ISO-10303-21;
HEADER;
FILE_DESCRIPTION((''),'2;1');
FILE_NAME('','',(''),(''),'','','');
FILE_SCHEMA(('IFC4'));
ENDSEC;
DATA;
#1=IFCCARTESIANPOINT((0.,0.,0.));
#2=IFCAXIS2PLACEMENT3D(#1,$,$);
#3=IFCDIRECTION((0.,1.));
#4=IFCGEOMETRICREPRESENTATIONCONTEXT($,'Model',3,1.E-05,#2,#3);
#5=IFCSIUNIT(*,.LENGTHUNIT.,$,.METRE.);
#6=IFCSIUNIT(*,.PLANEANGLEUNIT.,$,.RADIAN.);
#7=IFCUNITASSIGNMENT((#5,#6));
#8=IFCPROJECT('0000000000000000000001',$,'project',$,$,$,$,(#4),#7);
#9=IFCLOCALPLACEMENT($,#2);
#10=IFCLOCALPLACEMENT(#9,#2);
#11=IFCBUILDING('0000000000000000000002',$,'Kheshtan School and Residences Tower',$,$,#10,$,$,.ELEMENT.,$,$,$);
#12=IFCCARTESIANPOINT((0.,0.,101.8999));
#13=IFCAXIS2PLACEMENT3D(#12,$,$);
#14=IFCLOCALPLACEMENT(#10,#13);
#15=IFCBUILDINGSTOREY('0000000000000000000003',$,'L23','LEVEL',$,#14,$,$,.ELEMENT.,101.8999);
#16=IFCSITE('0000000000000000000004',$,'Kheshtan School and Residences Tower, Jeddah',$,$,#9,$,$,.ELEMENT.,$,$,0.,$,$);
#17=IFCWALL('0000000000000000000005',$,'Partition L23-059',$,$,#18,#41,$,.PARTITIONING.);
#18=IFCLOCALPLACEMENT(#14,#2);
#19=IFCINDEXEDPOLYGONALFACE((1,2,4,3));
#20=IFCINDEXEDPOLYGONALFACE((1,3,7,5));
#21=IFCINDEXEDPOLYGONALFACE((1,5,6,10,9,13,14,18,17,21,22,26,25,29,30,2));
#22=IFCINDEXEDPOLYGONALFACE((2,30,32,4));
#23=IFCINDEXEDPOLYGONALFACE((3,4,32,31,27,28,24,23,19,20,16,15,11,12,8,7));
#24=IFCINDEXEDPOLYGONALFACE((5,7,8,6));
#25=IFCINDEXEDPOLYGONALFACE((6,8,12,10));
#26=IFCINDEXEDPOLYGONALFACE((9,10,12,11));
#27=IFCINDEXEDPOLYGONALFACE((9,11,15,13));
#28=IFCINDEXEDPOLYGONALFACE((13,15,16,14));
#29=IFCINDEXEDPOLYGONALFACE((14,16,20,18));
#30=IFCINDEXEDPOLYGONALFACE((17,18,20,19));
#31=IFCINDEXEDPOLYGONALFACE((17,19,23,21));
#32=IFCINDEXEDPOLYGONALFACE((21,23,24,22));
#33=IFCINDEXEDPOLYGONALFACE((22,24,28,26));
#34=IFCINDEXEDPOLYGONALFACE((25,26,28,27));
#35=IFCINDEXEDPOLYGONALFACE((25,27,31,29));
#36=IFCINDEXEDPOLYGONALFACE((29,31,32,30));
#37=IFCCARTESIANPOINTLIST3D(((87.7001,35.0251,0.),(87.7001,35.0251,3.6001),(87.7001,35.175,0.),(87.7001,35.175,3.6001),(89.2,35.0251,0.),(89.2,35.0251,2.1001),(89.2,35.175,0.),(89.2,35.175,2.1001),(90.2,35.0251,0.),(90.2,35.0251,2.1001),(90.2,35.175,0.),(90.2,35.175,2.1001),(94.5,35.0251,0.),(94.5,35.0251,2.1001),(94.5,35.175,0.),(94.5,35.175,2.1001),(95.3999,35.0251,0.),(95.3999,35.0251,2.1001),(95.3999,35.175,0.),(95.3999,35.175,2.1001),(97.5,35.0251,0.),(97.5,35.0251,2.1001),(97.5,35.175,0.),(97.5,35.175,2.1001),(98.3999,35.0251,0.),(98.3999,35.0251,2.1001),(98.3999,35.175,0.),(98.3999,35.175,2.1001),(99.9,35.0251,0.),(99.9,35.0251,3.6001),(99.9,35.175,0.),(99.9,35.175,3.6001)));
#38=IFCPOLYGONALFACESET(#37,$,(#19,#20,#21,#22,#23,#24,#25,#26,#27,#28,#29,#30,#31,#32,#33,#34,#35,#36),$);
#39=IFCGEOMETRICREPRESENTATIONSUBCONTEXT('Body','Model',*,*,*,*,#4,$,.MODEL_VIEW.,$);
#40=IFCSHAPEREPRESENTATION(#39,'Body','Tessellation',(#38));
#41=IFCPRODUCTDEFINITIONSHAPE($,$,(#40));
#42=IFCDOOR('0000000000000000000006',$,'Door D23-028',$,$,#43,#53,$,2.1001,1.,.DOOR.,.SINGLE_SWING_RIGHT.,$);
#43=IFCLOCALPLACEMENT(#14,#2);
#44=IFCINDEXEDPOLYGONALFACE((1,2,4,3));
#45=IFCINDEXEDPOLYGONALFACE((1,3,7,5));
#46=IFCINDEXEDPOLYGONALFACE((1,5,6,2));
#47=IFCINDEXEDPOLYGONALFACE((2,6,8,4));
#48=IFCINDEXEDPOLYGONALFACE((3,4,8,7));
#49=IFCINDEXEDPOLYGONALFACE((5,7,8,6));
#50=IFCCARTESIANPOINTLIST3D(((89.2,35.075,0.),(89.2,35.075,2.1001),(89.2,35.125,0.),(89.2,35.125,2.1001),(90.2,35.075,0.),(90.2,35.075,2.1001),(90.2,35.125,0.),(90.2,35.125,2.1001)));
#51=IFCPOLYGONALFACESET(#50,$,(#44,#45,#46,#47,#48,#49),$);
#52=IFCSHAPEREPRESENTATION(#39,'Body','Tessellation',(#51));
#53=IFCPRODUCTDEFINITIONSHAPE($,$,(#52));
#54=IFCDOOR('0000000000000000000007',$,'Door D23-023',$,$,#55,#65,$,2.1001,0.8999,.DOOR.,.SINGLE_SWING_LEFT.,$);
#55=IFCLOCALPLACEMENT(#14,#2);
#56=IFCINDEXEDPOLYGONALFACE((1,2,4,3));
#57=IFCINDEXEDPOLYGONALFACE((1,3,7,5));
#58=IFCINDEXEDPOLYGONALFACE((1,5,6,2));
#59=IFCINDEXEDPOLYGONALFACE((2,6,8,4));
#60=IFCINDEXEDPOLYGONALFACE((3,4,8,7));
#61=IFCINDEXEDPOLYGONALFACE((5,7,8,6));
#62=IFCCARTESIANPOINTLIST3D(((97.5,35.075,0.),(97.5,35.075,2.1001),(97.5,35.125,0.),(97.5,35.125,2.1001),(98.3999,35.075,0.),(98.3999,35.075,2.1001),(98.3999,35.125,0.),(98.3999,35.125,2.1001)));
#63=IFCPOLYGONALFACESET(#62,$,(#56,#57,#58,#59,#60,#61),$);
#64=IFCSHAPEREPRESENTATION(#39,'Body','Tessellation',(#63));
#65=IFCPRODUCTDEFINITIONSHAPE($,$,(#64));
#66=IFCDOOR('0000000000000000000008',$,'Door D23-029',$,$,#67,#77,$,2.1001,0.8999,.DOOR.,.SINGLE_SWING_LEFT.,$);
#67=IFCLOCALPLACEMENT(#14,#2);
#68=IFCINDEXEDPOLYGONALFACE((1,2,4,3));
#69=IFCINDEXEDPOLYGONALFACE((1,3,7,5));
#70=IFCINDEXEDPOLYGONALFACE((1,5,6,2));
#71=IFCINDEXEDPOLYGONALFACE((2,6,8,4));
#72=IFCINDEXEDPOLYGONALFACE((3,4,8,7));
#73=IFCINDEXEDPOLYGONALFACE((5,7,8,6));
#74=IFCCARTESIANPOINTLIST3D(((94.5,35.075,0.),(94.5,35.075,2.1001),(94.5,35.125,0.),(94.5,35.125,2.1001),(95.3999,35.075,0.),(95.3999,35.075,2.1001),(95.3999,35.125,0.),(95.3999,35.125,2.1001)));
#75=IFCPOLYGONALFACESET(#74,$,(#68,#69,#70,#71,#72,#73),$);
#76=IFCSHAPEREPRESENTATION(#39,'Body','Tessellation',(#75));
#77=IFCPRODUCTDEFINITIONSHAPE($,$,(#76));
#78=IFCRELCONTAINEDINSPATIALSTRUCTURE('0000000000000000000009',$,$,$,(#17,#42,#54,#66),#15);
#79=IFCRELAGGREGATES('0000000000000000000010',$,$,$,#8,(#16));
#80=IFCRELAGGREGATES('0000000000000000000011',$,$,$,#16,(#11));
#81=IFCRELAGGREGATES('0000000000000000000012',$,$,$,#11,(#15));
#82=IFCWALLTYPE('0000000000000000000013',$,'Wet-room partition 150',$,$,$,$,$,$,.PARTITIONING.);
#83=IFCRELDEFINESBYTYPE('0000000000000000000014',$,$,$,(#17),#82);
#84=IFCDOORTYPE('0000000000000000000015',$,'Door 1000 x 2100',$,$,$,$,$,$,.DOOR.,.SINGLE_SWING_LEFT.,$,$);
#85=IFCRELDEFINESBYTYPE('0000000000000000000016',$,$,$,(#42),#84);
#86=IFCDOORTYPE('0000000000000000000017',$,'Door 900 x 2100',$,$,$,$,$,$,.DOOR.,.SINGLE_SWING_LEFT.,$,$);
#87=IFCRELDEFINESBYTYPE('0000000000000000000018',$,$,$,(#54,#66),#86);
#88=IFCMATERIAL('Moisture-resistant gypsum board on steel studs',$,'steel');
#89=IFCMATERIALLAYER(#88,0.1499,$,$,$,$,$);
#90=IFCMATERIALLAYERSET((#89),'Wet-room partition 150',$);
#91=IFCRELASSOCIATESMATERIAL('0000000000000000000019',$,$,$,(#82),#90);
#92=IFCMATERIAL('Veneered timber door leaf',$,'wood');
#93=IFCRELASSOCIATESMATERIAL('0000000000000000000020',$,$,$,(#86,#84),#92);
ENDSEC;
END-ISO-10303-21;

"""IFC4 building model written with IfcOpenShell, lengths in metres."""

from ifc_helpers import new_model, si_unit, direction, frame, frame_2d, origin, place, context, subcontext, project, spatial, rectangle, extrude, source, transform, mapped, material, layer, layer_set, type_object, element, fill, save


model = new_model("IFC4")

# Units and contexts
model_context = context("Model", 3, precision=1e-05, world=origin(), true_north=direction((0.0, 1.0)))
body_context = subcontext(model_context, "Body", "Model", "MODEL_VIEW")
ifc_project = project(units=[si_unit("LENGTHUNIT", "METRE"), si_unit("PLANEANGLEUNIT", "RADIAN")], contexts=[model_context])

# Site, building, storey
site_placement = place(None, origin())
site = spatial("IfcSite", under=ifc_project, at=site_placement, Name="Kheshtan School and Residences Tower, Jeddah", CompositionType="ELEMENT", RefElevation=0.0)
building_placement = place(site_placement, origin())
building = spatial("IfcBuilding", under=site, at=building_placement, Name="Kheshtan School and Residences Tower", CompositionType="ELEMENT")
storey_placement = place(building_placement, frame((0.0, 0.0, 101.8999)))
storey = spatial("IfcBuildingStorey", under=building, at=storey_placement, Name="L23", Description="LEVEL", CompositionType="ELEMENT", Elevation=101.8999)

# Shared definitions
ifc_material_1 = material(Name="Moisture-resistant gypsum board on steel studs", Category="steel")
ifc_layer_1 = layer(ifc_material_1, 0.1499)
ifc_layer_set_1 = layer_set([ifc_layer_1], Name="Wet-room partition 150")
wall_type_1 = type_object("IfcWallType", Name="Wet-room partition 150", PredefinedType="PARTITIONING", material=ifc_layer_set_1)
ifc_material_2 = material(Name="Veneered timber door leaf", Category="wood")
door_type_1 = type_object("IfcDoorType", Name="Door 900 x 2100", OperationType="SINGLE_SWING_LEFT", PredefinedType="DOOR", material=ifc_material_2)
shared_shape_1 = source(origin(), body_context, "Body", "SweptSolid", [
    extrude(rectangle(XDim=0.8999, YDim=2.1001, at=frame_2d((0.45, 1.05))), frame((0.0, 0.0249, 0.0), z_axis=(0.0, -1.0, 0.0), x_axis=(1.0, 0.0, 0.0)), (0.0, 0.0, 1.0), 0.05),
])
door_type_2 = type_object("IfcDoorType", Name="Door 1000 x 2100", OperationType="SINGLE_SWING_LEFT", PredefinedType="DOOR", material=ifc_material_2)
shared_shape_2 = source(origin(), body_context, "Body", "SweptSolid", [
    extrude(rectangle(XDim=1.0, YDim=2.1001, at=frame_2d((0.5, 1.05))), frame((0.0, 0.0249, 0.0), z_axis=(0.0, -1.0, 0.0), x_axis=(1.0, 0.0, 0.0)), (0.0, 0.0, 1.0), 0.05),
])

# Wall, openings, doors
wall_1_placement = place(storey_placement, frame((87.7, 35.1001, 0.0), z_axis=(0.0, 0.0, 1.0), x_axis=(1.0, 0.0, 0.0)))
wall_1 = element("IfcWall", 1, at=wall_1_placement, inside=storey, type_object=wall_type_1, Name="Partition L23-059", PredefinedType="PARTITIONING", context=body_context, shape_type="SweptSolid", body=[
    extrude(rectangle(XDim=12.2, YDim=0.1499, at=frame_2d((6.1001, 0.0))), origin(), (0.0, 0.0, 1.0), 3.6001),
])
opening_1_placement = place(wall_1_placement, frame((9.8, 0.0, 0.0)))
opening_1 = element("IfcOpeningElement", 2, at=opening_1_placement, cuts=wall_1, PredefinedType="OPENING", context=body_context, shape_type="SweptSolid", body=[
    extrude(rectangle(XDim=0.8999, YDim=2.1001, at=frame_2d((0.45, 1.05))), frame((0.0, 0.085, 0.0), z_axis=(0.0, -1.0, 0.0), x_axis=(1.0, 0.0, 0.0)), (0.0, 0.0, 1.0), 0.1699),
])
opening_2_placement = place(wall_1_placement, frame((1.5, 0.0, 0.0)))
opening_2 = element("IfcOpeningElement", 3, at=opening_2_placement, cuts=wall_1, PredefinedType="OPENING", context=body_context, shape_type="SweptSolid", body=[
    extrude(rectangle(XDim=1.0, YDim=2.1001, at=frame_2d((0.5, 1.05))), frame((0.0, 0.085, 0.0), z_axis=(0.0, -1.0, 0.0), x_axis=(1.0, 0.0, 0.0)), (0.0, 0.0, 1.0), 0.1699),
])
opening_3_placement = place(wall_1_placement, frame((6.8, 0.0, 0.0)))
opening_3 = element("IfcOpeningElement", 4, at=opening_3_placement, cuts=wall_1, PredefinedType="OPENING", context=body_context, shape_type="SweptSolid", body=[
    extrude(rectangle(XDim=0.8999, YDim=2.1001, at=frame_2d((0.45, 1.05))), frame((0.0, 0.085, 0.0), z_axis=(0.0, -1.0, 0.0), x_axis=(1.0, 0.0, 0.0)), (0.0, 0.0, 1.0), 0.1699),
])
door_1_placement = place(opening_2_placement, origin())
door_1 = element("IfcDoor", 5, at=door_1_placement, inside=storey, type_object=door_type_2, Name="Door D23-028", OperationType="SINGLE_SWING_RIGHT", OverallHeight=2.1001, OverallWidth=1.0, PredefinedType="DOOR", context=body_context, shape_type="MappedRepresentation", body=[
    mapped(shared_shape_2, transform((0.0, 0.0, 0.0), x_axis=(1.0, 0.0, 0.0), y_axis=(0.0, 1.0, 0.0), z_axis=(0.0, 0.0, 1.0), scale=1.0)),
])
fill(opening_2, door_1)
door_2_placement = place(opening_1_placement, origin())
door_2 = element("IfcDoor", 6, at=door_2_placement, inside=storey, type_object=door_type_1, Name="Door D23-023", OperationType="SINGLE_SWING_LEFT", OverallHeight=2.1001, OverallWidth=0.8999, PredefinedType="DOOR", context=body_context, shape_type="MappedRepresentation", body=[
    mapped(shared_shape_1, transform((0.0, 0.0, 0.0), x_axis=(1.0, 0.0, 0.0), y_axis=(0.0, 1.0, 0.0), z_axis=(0.0, 0.0, 1.0), scale=1.0)),
])
fill(opening_1, door_2)
door_3_placement = place(opening_3_placement, origin())
door_3 = element("IfcDoor", 7, at=door_3_placement, inside=storey, type_object=door_type_1, Name="Door D23-029", OperationType="SINGLE_SWING_LEFT", OverallHeight=2.1001, OverallWidth=0.8999, PredefinedType="DOOR", context=body_context, shape_type="MappedRepresentation", body=[
    mapped(shared_shape_1, transform((0.0, 0.0, 0.0), x_axis=(1.0, 0.0, 0.0), y_axis=(0.0, 1.0, 0.0), z_axis=(0.0, 0.0, 1.0), scale=1.0)),
])
fill(opening_3, door_3)

save(model, "model.ifc")
